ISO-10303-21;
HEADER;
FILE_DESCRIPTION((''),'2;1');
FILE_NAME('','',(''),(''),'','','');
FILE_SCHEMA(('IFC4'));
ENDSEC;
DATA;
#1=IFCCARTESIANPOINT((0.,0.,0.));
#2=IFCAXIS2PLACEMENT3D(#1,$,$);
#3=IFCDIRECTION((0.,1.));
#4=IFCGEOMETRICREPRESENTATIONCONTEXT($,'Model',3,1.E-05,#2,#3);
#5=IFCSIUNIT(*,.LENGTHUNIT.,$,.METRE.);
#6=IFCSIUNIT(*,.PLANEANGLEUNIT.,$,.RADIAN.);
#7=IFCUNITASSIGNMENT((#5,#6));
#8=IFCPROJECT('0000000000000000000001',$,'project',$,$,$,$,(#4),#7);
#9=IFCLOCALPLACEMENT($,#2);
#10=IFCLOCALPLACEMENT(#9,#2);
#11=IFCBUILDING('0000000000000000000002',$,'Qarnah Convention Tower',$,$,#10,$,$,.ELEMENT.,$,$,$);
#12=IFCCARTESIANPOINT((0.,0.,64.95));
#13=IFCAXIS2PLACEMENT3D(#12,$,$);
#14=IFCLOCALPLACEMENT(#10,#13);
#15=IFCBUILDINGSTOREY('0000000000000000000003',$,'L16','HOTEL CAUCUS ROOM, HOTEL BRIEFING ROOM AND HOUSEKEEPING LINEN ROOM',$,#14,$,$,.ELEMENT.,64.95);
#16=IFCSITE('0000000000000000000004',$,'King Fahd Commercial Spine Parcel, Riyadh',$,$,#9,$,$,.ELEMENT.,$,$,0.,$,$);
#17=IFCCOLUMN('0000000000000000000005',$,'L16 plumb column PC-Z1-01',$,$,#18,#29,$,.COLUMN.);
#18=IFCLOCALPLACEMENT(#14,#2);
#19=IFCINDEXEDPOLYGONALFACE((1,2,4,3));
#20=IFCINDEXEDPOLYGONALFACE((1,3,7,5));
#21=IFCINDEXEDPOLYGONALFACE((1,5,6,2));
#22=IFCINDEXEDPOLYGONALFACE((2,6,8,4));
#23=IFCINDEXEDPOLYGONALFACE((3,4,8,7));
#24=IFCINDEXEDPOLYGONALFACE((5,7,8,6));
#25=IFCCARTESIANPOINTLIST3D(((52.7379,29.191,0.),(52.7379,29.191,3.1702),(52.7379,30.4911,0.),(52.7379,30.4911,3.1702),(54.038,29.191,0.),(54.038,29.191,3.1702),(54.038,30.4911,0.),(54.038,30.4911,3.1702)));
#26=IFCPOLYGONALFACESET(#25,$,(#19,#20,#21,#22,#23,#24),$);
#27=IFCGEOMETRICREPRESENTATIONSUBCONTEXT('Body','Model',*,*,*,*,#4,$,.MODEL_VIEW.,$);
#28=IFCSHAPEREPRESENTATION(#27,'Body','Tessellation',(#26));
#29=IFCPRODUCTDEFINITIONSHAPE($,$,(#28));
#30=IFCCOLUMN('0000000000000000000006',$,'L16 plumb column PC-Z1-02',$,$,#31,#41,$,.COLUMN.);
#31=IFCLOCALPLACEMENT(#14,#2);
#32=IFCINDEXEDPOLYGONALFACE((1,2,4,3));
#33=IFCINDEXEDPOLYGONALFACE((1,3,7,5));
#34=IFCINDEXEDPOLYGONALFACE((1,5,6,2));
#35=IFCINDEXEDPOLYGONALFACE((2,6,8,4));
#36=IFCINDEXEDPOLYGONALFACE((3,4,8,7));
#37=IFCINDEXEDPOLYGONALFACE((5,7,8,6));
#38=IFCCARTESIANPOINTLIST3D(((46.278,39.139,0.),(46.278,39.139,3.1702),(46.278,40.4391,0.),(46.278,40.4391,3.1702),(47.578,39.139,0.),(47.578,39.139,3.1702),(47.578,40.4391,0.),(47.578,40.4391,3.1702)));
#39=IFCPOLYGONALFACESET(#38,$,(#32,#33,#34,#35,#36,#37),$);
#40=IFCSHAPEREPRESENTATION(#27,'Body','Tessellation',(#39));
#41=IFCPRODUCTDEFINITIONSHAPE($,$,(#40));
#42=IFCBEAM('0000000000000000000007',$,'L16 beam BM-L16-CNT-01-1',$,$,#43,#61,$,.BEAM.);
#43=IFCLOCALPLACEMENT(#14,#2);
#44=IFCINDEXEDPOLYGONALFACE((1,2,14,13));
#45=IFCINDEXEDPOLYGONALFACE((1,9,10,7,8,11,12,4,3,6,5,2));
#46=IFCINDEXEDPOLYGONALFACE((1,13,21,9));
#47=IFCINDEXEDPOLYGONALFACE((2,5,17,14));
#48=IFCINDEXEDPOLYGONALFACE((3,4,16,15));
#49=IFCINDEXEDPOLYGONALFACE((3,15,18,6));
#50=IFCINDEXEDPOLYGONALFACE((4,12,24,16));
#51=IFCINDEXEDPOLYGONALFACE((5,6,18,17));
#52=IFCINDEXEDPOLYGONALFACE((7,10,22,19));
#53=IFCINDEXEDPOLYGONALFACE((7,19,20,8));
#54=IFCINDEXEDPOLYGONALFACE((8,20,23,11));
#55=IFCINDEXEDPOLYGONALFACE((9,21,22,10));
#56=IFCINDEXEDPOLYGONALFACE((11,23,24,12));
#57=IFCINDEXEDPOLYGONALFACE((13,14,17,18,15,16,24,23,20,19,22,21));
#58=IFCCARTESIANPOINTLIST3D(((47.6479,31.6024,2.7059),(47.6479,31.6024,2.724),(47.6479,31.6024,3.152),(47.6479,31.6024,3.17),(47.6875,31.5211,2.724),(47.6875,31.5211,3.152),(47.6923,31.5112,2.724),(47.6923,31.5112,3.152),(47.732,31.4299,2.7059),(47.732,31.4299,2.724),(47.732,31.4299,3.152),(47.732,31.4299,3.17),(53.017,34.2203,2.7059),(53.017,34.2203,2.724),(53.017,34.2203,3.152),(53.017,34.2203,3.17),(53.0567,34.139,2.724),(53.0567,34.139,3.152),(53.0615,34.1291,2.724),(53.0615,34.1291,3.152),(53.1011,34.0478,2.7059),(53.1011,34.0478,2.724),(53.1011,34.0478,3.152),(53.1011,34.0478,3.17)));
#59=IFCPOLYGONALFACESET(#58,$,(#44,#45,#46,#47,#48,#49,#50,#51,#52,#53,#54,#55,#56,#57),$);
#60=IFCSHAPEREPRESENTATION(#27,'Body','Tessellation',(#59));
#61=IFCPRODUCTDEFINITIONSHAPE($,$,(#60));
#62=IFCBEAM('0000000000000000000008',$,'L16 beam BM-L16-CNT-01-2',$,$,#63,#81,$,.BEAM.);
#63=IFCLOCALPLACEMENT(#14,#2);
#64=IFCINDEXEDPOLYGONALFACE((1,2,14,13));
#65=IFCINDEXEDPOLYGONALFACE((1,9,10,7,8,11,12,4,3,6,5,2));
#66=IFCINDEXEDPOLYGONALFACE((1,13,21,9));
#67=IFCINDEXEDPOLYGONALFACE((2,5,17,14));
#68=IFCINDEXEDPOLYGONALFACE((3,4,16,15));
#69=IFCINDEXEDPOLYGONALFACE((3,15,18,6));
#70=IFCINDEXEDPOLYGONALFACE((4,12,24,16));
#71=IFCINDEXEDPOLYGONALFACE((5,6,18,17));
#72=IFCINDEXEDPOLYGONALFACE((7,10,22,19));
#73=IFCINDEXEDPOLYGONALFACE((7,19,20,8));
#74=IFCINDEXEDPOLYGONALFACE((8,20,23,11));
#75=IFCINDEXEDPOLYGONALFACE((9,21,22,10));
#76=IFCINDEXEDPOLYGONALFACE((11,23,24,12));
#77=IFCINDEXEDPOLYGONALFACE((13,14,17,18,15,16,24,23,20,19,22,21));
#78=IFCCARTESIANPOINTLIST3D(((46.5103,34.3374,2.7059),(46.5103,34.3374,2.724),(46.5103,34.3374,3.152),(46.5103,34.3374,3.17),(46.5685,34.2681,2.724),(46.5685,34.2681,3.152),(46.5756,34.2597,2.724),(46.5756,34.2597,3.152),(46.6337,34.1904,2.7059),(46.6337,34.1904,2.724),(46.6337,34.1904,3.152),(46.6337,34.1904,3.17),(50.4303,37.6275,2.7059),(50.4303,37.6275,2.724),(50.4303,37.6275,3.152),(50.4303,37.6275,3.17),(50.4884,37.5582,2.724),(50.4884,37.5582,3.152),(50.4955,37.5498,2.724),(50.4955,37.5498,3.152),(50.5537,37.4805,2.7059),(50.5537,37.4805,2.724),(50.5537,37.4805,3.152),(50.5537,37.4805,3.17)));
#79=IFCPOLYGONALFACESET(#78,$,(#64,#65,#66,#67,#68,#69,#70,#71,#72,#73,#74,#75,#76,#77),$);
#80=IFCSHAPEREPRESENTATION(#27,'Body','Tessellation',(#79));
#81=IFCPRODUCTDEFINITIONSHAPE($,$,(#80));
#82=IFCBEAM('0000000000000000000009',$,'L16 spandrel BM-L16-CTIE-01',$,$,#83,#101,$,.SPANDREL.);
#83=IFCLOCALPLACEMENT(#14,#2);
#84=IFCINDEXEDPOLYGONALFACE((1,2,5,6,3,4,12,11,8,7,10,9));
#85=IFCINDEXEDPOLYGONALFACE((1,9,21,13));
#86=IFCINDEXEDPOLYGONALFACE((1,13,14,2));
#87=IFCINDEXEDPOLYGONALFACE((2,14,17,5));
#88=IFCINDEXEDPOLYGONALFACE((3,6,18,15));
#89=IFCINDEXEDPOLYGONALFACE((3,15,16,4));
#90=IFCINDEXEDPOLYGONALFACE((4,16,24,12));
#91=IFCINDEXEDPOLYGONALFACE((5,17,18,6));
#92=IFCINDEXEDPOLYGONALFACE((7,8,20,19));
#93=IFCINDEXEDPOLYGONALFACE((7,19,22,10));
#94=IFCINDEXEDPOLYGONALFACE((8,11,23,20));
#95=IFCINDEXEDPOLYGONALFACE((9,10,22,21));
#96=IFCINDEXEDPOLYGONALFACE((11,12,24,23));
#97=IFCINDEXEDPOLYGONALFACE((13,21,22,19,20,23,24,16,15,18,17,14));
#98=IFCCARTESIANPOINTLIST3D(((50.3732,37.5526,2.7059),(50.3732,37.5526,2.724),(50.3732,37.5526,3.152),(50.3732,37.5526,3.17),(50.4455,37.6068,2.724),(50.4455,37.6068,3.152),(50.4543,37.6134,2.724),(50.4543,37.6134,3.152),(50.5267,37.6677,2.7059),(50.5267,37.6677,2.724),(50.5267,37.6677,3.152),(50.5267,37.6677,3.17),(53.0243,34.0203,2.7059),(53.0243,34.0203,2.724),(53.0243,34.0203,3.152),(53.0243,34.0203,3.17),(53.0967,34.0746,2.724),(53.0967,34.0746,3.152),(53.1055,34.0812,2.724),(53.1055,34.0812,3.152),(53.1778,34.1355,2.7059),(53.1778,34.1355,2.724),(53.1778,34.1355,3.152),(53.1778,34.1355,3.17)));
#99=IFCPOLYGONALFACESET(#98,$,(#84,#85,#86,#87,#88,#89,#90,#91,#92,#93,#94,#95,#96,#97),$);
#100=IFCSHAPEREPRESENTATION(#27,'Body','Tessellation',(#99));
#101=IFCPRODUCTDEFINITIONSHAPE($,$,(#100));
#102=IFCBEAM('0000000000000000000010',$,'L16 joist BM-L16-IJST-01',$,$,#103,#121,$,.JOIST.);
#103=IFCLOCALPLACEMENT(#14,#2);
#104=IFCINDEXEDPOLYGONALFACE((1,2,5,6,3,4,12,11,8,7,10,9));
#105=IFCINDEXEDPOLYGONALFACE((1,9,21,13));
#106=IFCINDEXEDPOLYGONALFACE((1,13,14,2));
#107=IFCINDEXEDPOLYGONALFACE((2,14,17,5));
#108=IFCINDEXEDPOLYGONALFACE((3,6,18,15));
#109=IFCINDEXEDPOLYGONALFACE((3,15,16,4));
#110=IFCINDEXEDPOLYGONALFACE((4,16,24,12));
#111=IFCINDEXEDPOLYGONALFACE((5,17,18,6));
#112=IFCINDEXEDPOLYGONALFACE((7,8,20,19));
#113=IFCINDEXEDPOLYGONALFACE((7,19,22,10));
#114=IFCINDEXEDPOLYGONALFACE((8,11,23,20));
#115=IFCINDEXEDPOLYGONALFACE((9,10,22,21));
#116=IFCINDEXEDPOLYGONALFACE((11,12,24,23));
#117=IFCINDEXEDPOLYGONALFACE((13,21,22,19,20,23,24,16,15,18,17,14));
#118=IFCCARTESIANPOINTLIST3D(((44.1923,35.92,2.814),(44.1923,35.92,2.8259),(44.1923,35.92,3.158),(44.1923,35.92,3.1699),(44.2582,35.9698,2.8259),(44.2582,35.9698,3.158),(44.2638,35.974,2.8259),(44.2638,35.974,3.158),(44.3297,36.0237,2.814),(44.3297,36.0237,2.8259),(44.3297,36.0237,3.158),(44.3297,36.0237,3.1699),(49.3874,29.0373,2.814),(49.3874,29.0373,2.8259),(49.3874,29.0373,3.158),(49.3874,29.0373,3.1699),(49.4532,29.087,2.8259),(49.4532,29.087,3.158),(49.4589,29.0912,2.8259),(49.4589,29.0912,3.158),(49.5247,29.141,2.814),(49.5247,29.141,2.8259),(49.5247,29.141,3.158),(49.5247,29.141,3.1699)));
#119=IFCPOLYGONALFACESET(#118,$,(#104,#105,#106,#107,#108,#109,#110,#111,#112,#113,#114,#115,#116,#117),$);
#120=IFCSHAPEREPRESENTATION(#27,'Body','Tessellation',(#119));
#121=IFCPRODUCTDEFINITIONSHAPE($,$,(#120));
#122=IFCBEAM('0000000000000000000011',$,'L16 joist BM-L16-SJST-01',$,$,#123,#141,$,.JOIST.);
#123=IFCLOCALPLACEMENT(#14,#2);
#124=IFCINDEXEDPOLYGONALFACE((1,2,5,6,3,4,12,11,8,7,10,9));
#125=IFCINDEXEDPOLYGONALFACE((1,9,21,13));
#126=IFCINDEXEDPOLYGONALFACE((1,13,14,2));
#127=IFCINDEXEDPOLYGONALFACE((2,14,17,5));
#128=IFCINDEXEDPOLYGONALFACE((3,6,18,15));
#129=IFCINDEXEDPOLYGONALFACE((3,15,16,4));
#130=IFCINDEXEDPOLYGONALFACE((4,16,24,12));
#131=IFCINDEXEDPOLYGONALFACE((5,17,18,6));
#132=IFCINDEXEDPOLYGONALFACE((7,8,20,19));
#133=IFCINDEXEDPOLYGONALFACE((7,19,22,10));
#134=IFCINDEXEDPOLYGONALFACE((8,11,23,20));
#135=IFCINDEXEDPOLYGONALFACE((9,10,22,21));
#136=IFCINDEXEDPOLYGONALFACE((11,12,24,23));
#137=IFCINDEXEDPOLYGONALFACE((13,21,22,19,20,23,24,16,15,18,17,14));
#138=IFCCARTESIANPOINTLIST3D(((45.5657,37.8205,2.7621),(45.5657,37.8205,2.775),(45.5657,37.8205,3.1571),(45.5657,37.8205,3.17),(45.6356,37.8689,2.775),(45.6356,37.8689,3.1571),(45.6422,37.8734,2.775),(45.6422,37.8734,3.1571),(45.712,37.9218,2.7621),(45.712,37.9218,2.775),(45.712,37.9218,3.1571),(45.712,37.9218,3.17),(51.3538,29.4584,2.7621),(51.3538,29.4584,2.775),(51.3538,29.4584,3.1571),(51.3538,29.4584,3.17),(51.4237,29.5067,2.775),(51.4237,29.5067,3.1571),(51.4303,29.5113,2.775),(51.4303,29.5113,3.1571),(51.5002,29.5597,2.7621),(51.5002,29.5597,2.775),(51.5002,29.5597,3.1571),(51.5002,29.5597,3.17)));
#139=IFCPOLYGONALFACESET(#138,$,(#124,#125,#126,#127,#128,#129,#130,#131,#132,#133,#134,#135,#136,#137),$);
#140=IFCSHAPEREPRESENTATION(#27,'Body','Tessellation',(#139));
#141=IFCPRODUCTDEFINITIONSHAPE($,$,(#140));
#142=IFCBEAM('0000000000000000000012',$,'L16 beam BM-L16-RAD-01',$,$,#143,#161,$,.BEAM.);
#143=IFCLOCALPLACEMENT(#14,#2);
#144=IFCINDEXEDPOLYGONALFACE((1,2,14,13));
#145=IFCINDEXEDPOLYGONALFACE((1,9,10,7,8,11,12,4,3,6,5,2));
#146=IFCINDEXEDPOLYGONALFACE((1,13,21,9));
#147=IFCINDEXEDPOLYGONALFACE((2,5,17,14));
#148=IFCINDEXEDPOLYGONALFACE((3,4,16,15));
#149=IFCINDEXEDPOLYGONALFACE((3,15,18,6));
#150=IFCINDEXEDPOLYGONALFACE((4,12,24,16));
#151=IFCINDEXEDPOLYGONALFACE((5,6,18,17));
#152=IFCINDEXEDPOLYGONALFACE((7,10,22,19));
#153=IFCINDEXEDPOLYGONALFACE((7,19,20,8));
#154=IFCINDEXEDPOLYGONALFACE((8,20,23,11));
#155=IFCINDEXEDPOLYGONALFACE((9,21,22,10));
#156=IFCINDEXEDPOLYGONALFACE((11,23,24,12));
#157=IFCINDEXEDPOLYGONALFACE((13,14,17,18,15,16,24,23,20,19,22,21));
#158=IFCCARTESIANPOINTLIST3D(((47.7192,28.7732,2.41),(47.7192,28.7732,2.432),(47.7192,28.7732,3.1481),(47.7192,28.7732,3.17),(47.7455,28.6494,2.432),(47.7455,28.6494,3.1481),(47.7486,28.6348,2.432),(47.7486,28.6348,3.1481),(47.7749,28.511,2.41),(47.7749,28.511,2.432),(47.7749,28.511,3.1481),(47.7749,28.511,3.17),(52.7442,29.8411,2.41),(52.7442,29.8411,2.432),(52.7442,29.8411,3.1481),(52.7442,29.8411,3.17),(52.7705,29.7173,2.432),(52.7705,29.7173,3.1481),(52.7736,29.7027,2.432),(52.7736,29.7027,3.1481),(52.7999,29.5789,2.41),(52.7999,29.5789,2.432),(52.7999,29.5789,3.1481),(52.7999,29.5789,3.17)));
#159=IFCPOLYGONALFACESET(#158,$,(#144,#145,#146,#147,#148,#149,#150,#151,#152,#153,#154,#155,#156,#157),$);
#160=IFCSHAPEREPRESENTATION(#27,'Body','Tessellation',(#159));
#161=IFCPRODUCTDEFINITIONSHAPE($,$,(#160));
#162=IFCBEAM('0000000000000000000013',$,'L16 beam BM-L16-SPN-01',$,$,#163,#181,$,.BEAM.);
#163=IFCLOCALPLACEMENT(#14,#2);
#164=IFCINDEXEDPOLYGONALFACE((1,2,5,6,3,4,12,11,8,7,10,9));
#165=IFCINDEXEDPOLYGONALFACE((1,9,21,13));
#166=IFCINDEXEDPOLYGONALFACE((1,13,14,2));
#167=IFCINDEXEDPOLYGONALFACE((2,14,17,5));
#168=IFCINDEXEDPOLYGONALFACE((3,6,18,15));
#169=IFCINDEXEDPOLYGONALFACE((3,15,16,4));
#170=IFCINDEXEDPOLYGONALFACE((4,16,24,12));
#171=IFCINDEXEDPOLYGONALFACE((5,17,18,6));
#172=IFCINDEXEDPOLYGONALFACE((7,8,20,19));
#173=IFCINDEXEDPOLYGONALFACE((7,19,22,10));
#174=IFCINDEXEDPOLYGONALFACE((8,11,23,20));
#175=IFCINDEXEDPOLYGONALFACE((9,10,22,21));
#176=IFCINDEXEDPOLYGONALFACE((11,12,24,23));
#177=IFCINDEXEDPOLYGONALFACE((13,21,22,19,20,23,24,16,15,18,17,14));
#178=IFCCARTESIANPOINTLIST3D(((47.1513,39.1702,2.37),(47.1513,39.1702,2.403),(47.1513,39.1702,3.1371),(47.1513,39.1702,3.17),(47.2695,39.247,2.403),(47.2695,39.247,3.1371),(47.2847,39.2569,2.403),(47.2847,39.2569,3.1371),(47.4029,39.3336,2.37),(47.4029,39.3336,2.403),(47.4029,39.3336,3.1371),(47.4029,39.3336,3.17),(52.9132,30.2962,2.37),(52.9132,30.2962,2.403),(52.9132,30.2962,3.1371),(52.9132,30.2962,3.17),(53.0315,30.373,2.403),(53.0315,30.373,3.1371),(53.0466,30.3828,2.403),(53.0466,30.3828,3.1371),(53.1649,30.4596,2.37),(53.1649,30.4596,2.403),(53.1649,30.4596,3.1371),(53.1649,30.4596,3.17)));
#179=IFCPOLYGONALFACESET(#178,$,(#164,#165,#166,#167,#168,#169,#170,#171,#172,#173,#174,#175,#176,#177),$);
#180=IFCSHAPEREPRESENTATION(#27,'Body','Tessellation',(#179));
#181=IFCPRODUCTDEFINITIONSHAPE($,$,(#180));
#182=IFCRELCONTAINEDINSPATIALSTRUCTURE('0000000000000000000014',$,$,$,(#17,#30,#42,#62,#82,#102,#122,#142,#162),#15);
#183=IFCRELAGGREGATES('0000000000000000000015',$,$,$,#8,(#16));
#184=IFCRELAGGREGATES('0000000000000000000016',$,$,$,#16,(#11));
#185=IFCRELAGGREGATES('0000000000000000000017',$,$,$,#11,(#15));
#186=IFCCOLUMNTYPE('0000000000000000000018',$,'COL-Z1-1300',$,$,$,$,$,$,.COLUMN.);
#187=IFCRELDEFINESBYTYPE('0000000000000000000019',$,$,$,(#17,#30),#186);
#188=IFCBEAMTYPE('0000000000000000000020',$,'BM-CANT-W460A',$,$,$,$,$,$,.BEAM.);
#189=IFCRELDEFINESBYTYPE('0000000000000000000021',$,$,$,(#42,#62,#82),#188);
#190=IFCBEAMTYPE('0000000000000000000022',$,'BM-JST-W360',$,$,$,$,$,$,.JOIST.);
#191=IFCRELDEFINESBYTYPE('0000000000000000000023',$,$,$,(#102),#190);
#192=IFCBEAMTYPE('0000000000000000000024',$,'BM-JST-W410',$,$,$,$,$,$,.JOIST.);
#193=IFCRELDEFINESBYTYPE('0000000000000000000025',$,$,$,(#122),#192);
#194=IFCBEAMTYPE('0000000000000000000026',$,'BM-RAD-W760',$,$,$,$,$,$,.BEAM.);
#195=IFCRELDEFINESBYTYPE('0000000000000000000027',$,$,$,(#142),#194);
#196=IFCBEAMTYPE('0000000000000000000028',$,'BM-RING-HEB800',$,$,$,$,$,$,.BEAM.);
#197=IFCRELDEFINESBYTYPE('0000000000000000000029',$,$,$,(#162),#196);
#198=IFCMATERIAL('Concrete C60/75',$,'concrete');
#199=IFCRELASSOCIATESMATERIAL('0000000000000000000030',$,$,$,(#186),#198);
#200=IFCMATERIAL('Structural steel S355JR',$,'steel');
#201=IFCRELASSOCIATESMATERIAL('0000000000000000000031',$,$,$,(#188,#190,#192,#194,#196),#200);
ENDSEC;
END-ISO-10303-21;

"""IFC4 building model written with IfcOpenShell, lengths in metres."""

from ifc_helpers import new_model, si_unit, direction, frame, origin, origin_2d, place, context, subcontext, project, spatial, rectangle, i_section, extrude, material, material_profile, profile_set, type_object, element, save


model = new_model("IFC4")

# Units and contexts
model_context = context("Model", 3, precision=1e-05, world=origin(), true_north=direction((0.0, 1.0)))
body_context = subcontext(model_context, "Body", "Model", "MODEL_VIEW")
ifc_project = project(units=[si_unit("LENGTHUNIT", "METRE"), si_unit("PLANEANGLEUNIT", "RADIAN")], contexts=[model_context])

# Site, building, storey
site_placement = place(None, origin())
site = spatial("IfcSite", under=ifc_project, at=site_placement, Name="King Fahd Commercial Spine Parcel, Riyadh", CompositionType="ELEMENT", RefElevation=0.0)
building_placement = place(site_placement, origin())
building = spatial("IfcBuilding", under=site, at=building_placement, Name="Qarnah Convention Tower", CompositionType="ELEMENT")
storey_placement = place(building_placement, frame((0.0, 0.0, 64.95)))
storey = spatial("IfcBuildingStorey", under=building, at=storey_placement, Name="L16", Description="HOTEL CAUCUS ROOM, HOTEL BRIEFING ROOM AND HOUSEKEEPING LINEN ROOM", CompositionType="ELEMENT", Elevation=64.95)

# Columns
ifc_material_1 = material(Name="Concrete C60/75", Category="concrete")
ifc_material_profile_1 = material_profile(ifc_material_1, rectangle(XDim=1.3, YDim=1.3, at=origin_2d()), Name="RC-COL-1300X1300")
ifc_profile_set_1 = profile_set([ifc_material_profile_1], Name="Concrete C60/75")
column_type = type_object("IfcColumnType", Name="COL-Z1-1300", PredefinedType="COLUMN", material=ifc_profile_set_1)
for number, where, z_axis, x_axis, name in (
    (1, (53.3879, 29.8411, 0.0), (0.0, 0.0, 1.0), (1.0, 0.0, 0.0), "L16 plumb column PC-Z1-01"),
    (2, (46.928, 39.7891, 0.0), (0.0, 0.0, 1.0), (1.0, 0.0, 0.0), "L16 plumb column PC-Z1-02"),
):
    element("IfcColumn", number, at=place(storey_placement, frame(where, z_axis=z_axis, x_axis=x_axis)), inside=storey, type_object=column_type, Name=name, PredefinedType="COLUMN", context=body_context, shape_type="SweptSolid", body=[
        extrude(rectangle(XDim=1.3, YDim=1.3, at=origin_2d()), origin(), (0.0, 0.0, 1.0), 3.1702),
    ])

# Beams
ifc_material_2 = material(Name="Structural steel S355JR", Category="steel")
ifc_material_profile_2 = material_profile(ifc_material_2, i_section(OverallWidth=0.1919, OverallDepth=0.4641, WebThickness=0.011, FlangeThickness=0.0181, at=origin_2d()), Name="W460X89")
ifc_profile_set_2 = profile_set([ifc_material_profile_2], Name="Structural steel S355JR")
beam_type_1 = type_object("IfcBeamType", Name="BM-CANT-W460A", PredefinedType="BEAM", material=ifc_profile_set_2)
beam_1_placement = place(storey_placement, frame((47.6899, 31.5161, 2.938), z_axis=(0.898846, 0.438265, 0.0), x_axis=(-0.438265, 0.898846, 0.0)))
element("IfcBeam", 3, at=beam_1_placement, inside=storey, type_object=beam_type_1, Name="L16 beam BM-L16-CNT-01-1", PredefinedType="BEAM", context=body_context, shape_type="SweptSolid", body=[
    extrude(i_section(OverallWidth=0.1919, OverallDepth=0.4641, WebThickness=0.011, FlangeThickness=0.0181, at=origin_2d()), origin(), (0.0, 0.0, 1.0), 5.9734),
])
beam_2_placement = place(storey_placement, frame((46.572, 34.2639, 2.938), z_axis=(0.765964, 0.642883, 0.0), x_axis=(-0.642883, 0.765964, 0.0)))
element("IfcBeam", 4, at=beam_2_placement, inside=storey, type_object=beam_type_1, Name="L16 beam BM-L16-CNT-01-2", PredefinedType="BEAM", context=body_context, shape_type="SweptSolid", body=[
    extrude(i_section(OverallWidth=0.1919, OverallDepth=0.4641, WebThickness=0.011, FlangeThickness=0.0181, at=origin_2d()), origin(), (0.0, 0.0, 1.0), 5.1177),
])
beam_3_placement = place(storey_placement, frame((53.1011, 34.0779, 2.938), z_axis=(-0.600283, 0.799788, 0.0), x_axis=(-0.799788, -0.600283, 0.0)))
element("IfcBeam", 5, at=beam_3_placement, inside=storey, type_object=beam_type_1, Name="L16 spandrel BM-L16-CTIE-01", PredefinedType="SPANDREL", context=body_context, shape_type="SweptSolid", body=[
    extrude(i_section(OverallWidth=0.1919, OverallDepth=0.4641, WebThickness=0.011, FlangeThickness=0.0181, at=origin_2d()), origin(), (0.0, 0.0, 1.0), 4.4165),
])
ifc_material_profile_3 = material_profile(ifc_material_2, i_section(OverallWidth=0.1721, OverallDepth=0.356, WebThickness=0.0071, FlangeThickness=0.012, at=origin_2d()), Name="W360X51")
ifc_profile_set_3 = profile_set([ifc_material_profile_3], Name="Structural steel S355JR")
beam_type_2 = type_object("IfcBeamType", Name="BM-JST-W360", PredefinedType="JOIST", material=ifc_profile_set_3)
beam_4_placement = place(storey_placement, frame((49.4561, 29.0891, 2.9919), z_axis=(-0.602443, 0.798162, 0.0), x_axis=(-0.798162, -0.602443, 0.0)))
element("IfcBeam", 6, at=beam_4_placement, inside=storey, type_object=beam_type_2, Name="L16 joist BM-L16-IJST-01", PredefinedType="JOIST", context=body_context, shape_type="SweptSolid", body=[
    extrude(i_section(OverallWidth=0.1721, OverallDepth=0.356, WebThickness=0.0071, FlangeThickness=0.012, at=origin_2d()), origin(), (0.0, 0.0, 1.0), 8.6233),
])
ifc_material_profile_4 = material_profile(ifc_material_2, i_section(OverallWidth=0.178, OverallDepth=0.408, WebThickness=0.0081, FlangeThickness=0.0129, at=origin_2d()), Name="W410X60")
ifc_profile_set_4 = profile_set([ifc_material_profile_4], Name="Structural steel S355JR")
beam_type_3 = type_object("IfcBeamType", Name="BM-JST-W410", PredefinedType="JOIST", material=ifc_profile_set_4)
beam_5_placement = place(storey_placement, frame((51.427, 29.509, 2.9661), z_axis=(-0.569141, 0.82224, 0.0), x_axis=(-0.82224, -0.569141, 0.0)))
element("IfcBeam", 7, at=beam_5_placement, inside=storey, type_object=beam_type_3, Name="L16 joist BM-L16-SJST-01", PredefinedType="JOIST", context=body_context, shape_type="SweptSolid", body=[
    extrude(i_section(OverallWidth=0.178, OverallDepth=0.408, WebThickness=0.0081, FlangeThickness=0.0129, at=origin_2d()), origin(), (0.0, 0.0, 1.0), 10.1699),
])
ifc_material_profile_5 = material_profile(ifc_material_2, i_section(OverallWidth=0.2681, OverallDepth=0.76, WebThickness=0.0149, FlangeThickness=0.022, at=origin_2d()), Name="W760X185")
ifc_profile_set_5 = profile_set([ifc_material_profile_5], Name="Structural steel S355JR")
beam_type_4 = type_object("IfcBeamType", Name="BM-RAD-W760", PredefinedType="BEAM", material=ifc_profile_set_5)
beam_6_placement = place(storey_placement, frame((47.7471, 28.6421, 2.79), z_axis=(0.978156, 0.207874, 0.0), x_axis=(-0.207874, 0.978156, 0.0)))
element("IfcBeam", 8, at=beam_6_placement, inside=storey, type_object=beam_type_4, Name="L16 beam BM-L16-RAD-01", PredefinedType="BEAM", context=body_context, shape_type="SweptSolid", body=[
    extrude(i_section(OverallWidth=0.2681, OverallDepth=0.76, WebThickness=0.0149, FlangeThickness=0.022, at=origin_2d()), origin(), (0.0, 0.0, 1.0), 5.1372),
])
ifc_material_profile_6 = material_profile(ifc_material_2, i_section(OverallWidth=0.3, OverallDepth=0.8, WebThickness=0.0181, FlangeThickness=0.033, at=origin_2d()), Name="HEB800")
ifc_profile_set_6 = profile_set([ifc_material_profile_6], Name="Structural steel S355JR")
beam_type_5 = type_object("IfcBeamType", Name="BM-RING-HEB800", PredefinedType="BEAM", material=ifc_profile_set_6)
beam_7_placement = place(storey_placement, frame((53.0391, 30.3779, 2.77), z_axis=(-0.54458, 0.838709, 0.0), x_axis=(-0.838709, -0.54458, 0.0)))
element("IfcBeam", 9, at=beam_7_placement, inside=storey, type_object=beam_type_5, Name="L16 beam BM-L16-SPN-01", PredefinedType="BEAM", context=body_context, shape_type="SweptSolid", body=[
    extrude(i_section(OverallWidth=0.3, OverallDepth=0.8, WebThickness=0.0181, FlangeThickness=0.033, at=origin_2d()), origin(), (0.0, 0.0, 1.0), 10.5806),
])

save(model, "model.ifc")
